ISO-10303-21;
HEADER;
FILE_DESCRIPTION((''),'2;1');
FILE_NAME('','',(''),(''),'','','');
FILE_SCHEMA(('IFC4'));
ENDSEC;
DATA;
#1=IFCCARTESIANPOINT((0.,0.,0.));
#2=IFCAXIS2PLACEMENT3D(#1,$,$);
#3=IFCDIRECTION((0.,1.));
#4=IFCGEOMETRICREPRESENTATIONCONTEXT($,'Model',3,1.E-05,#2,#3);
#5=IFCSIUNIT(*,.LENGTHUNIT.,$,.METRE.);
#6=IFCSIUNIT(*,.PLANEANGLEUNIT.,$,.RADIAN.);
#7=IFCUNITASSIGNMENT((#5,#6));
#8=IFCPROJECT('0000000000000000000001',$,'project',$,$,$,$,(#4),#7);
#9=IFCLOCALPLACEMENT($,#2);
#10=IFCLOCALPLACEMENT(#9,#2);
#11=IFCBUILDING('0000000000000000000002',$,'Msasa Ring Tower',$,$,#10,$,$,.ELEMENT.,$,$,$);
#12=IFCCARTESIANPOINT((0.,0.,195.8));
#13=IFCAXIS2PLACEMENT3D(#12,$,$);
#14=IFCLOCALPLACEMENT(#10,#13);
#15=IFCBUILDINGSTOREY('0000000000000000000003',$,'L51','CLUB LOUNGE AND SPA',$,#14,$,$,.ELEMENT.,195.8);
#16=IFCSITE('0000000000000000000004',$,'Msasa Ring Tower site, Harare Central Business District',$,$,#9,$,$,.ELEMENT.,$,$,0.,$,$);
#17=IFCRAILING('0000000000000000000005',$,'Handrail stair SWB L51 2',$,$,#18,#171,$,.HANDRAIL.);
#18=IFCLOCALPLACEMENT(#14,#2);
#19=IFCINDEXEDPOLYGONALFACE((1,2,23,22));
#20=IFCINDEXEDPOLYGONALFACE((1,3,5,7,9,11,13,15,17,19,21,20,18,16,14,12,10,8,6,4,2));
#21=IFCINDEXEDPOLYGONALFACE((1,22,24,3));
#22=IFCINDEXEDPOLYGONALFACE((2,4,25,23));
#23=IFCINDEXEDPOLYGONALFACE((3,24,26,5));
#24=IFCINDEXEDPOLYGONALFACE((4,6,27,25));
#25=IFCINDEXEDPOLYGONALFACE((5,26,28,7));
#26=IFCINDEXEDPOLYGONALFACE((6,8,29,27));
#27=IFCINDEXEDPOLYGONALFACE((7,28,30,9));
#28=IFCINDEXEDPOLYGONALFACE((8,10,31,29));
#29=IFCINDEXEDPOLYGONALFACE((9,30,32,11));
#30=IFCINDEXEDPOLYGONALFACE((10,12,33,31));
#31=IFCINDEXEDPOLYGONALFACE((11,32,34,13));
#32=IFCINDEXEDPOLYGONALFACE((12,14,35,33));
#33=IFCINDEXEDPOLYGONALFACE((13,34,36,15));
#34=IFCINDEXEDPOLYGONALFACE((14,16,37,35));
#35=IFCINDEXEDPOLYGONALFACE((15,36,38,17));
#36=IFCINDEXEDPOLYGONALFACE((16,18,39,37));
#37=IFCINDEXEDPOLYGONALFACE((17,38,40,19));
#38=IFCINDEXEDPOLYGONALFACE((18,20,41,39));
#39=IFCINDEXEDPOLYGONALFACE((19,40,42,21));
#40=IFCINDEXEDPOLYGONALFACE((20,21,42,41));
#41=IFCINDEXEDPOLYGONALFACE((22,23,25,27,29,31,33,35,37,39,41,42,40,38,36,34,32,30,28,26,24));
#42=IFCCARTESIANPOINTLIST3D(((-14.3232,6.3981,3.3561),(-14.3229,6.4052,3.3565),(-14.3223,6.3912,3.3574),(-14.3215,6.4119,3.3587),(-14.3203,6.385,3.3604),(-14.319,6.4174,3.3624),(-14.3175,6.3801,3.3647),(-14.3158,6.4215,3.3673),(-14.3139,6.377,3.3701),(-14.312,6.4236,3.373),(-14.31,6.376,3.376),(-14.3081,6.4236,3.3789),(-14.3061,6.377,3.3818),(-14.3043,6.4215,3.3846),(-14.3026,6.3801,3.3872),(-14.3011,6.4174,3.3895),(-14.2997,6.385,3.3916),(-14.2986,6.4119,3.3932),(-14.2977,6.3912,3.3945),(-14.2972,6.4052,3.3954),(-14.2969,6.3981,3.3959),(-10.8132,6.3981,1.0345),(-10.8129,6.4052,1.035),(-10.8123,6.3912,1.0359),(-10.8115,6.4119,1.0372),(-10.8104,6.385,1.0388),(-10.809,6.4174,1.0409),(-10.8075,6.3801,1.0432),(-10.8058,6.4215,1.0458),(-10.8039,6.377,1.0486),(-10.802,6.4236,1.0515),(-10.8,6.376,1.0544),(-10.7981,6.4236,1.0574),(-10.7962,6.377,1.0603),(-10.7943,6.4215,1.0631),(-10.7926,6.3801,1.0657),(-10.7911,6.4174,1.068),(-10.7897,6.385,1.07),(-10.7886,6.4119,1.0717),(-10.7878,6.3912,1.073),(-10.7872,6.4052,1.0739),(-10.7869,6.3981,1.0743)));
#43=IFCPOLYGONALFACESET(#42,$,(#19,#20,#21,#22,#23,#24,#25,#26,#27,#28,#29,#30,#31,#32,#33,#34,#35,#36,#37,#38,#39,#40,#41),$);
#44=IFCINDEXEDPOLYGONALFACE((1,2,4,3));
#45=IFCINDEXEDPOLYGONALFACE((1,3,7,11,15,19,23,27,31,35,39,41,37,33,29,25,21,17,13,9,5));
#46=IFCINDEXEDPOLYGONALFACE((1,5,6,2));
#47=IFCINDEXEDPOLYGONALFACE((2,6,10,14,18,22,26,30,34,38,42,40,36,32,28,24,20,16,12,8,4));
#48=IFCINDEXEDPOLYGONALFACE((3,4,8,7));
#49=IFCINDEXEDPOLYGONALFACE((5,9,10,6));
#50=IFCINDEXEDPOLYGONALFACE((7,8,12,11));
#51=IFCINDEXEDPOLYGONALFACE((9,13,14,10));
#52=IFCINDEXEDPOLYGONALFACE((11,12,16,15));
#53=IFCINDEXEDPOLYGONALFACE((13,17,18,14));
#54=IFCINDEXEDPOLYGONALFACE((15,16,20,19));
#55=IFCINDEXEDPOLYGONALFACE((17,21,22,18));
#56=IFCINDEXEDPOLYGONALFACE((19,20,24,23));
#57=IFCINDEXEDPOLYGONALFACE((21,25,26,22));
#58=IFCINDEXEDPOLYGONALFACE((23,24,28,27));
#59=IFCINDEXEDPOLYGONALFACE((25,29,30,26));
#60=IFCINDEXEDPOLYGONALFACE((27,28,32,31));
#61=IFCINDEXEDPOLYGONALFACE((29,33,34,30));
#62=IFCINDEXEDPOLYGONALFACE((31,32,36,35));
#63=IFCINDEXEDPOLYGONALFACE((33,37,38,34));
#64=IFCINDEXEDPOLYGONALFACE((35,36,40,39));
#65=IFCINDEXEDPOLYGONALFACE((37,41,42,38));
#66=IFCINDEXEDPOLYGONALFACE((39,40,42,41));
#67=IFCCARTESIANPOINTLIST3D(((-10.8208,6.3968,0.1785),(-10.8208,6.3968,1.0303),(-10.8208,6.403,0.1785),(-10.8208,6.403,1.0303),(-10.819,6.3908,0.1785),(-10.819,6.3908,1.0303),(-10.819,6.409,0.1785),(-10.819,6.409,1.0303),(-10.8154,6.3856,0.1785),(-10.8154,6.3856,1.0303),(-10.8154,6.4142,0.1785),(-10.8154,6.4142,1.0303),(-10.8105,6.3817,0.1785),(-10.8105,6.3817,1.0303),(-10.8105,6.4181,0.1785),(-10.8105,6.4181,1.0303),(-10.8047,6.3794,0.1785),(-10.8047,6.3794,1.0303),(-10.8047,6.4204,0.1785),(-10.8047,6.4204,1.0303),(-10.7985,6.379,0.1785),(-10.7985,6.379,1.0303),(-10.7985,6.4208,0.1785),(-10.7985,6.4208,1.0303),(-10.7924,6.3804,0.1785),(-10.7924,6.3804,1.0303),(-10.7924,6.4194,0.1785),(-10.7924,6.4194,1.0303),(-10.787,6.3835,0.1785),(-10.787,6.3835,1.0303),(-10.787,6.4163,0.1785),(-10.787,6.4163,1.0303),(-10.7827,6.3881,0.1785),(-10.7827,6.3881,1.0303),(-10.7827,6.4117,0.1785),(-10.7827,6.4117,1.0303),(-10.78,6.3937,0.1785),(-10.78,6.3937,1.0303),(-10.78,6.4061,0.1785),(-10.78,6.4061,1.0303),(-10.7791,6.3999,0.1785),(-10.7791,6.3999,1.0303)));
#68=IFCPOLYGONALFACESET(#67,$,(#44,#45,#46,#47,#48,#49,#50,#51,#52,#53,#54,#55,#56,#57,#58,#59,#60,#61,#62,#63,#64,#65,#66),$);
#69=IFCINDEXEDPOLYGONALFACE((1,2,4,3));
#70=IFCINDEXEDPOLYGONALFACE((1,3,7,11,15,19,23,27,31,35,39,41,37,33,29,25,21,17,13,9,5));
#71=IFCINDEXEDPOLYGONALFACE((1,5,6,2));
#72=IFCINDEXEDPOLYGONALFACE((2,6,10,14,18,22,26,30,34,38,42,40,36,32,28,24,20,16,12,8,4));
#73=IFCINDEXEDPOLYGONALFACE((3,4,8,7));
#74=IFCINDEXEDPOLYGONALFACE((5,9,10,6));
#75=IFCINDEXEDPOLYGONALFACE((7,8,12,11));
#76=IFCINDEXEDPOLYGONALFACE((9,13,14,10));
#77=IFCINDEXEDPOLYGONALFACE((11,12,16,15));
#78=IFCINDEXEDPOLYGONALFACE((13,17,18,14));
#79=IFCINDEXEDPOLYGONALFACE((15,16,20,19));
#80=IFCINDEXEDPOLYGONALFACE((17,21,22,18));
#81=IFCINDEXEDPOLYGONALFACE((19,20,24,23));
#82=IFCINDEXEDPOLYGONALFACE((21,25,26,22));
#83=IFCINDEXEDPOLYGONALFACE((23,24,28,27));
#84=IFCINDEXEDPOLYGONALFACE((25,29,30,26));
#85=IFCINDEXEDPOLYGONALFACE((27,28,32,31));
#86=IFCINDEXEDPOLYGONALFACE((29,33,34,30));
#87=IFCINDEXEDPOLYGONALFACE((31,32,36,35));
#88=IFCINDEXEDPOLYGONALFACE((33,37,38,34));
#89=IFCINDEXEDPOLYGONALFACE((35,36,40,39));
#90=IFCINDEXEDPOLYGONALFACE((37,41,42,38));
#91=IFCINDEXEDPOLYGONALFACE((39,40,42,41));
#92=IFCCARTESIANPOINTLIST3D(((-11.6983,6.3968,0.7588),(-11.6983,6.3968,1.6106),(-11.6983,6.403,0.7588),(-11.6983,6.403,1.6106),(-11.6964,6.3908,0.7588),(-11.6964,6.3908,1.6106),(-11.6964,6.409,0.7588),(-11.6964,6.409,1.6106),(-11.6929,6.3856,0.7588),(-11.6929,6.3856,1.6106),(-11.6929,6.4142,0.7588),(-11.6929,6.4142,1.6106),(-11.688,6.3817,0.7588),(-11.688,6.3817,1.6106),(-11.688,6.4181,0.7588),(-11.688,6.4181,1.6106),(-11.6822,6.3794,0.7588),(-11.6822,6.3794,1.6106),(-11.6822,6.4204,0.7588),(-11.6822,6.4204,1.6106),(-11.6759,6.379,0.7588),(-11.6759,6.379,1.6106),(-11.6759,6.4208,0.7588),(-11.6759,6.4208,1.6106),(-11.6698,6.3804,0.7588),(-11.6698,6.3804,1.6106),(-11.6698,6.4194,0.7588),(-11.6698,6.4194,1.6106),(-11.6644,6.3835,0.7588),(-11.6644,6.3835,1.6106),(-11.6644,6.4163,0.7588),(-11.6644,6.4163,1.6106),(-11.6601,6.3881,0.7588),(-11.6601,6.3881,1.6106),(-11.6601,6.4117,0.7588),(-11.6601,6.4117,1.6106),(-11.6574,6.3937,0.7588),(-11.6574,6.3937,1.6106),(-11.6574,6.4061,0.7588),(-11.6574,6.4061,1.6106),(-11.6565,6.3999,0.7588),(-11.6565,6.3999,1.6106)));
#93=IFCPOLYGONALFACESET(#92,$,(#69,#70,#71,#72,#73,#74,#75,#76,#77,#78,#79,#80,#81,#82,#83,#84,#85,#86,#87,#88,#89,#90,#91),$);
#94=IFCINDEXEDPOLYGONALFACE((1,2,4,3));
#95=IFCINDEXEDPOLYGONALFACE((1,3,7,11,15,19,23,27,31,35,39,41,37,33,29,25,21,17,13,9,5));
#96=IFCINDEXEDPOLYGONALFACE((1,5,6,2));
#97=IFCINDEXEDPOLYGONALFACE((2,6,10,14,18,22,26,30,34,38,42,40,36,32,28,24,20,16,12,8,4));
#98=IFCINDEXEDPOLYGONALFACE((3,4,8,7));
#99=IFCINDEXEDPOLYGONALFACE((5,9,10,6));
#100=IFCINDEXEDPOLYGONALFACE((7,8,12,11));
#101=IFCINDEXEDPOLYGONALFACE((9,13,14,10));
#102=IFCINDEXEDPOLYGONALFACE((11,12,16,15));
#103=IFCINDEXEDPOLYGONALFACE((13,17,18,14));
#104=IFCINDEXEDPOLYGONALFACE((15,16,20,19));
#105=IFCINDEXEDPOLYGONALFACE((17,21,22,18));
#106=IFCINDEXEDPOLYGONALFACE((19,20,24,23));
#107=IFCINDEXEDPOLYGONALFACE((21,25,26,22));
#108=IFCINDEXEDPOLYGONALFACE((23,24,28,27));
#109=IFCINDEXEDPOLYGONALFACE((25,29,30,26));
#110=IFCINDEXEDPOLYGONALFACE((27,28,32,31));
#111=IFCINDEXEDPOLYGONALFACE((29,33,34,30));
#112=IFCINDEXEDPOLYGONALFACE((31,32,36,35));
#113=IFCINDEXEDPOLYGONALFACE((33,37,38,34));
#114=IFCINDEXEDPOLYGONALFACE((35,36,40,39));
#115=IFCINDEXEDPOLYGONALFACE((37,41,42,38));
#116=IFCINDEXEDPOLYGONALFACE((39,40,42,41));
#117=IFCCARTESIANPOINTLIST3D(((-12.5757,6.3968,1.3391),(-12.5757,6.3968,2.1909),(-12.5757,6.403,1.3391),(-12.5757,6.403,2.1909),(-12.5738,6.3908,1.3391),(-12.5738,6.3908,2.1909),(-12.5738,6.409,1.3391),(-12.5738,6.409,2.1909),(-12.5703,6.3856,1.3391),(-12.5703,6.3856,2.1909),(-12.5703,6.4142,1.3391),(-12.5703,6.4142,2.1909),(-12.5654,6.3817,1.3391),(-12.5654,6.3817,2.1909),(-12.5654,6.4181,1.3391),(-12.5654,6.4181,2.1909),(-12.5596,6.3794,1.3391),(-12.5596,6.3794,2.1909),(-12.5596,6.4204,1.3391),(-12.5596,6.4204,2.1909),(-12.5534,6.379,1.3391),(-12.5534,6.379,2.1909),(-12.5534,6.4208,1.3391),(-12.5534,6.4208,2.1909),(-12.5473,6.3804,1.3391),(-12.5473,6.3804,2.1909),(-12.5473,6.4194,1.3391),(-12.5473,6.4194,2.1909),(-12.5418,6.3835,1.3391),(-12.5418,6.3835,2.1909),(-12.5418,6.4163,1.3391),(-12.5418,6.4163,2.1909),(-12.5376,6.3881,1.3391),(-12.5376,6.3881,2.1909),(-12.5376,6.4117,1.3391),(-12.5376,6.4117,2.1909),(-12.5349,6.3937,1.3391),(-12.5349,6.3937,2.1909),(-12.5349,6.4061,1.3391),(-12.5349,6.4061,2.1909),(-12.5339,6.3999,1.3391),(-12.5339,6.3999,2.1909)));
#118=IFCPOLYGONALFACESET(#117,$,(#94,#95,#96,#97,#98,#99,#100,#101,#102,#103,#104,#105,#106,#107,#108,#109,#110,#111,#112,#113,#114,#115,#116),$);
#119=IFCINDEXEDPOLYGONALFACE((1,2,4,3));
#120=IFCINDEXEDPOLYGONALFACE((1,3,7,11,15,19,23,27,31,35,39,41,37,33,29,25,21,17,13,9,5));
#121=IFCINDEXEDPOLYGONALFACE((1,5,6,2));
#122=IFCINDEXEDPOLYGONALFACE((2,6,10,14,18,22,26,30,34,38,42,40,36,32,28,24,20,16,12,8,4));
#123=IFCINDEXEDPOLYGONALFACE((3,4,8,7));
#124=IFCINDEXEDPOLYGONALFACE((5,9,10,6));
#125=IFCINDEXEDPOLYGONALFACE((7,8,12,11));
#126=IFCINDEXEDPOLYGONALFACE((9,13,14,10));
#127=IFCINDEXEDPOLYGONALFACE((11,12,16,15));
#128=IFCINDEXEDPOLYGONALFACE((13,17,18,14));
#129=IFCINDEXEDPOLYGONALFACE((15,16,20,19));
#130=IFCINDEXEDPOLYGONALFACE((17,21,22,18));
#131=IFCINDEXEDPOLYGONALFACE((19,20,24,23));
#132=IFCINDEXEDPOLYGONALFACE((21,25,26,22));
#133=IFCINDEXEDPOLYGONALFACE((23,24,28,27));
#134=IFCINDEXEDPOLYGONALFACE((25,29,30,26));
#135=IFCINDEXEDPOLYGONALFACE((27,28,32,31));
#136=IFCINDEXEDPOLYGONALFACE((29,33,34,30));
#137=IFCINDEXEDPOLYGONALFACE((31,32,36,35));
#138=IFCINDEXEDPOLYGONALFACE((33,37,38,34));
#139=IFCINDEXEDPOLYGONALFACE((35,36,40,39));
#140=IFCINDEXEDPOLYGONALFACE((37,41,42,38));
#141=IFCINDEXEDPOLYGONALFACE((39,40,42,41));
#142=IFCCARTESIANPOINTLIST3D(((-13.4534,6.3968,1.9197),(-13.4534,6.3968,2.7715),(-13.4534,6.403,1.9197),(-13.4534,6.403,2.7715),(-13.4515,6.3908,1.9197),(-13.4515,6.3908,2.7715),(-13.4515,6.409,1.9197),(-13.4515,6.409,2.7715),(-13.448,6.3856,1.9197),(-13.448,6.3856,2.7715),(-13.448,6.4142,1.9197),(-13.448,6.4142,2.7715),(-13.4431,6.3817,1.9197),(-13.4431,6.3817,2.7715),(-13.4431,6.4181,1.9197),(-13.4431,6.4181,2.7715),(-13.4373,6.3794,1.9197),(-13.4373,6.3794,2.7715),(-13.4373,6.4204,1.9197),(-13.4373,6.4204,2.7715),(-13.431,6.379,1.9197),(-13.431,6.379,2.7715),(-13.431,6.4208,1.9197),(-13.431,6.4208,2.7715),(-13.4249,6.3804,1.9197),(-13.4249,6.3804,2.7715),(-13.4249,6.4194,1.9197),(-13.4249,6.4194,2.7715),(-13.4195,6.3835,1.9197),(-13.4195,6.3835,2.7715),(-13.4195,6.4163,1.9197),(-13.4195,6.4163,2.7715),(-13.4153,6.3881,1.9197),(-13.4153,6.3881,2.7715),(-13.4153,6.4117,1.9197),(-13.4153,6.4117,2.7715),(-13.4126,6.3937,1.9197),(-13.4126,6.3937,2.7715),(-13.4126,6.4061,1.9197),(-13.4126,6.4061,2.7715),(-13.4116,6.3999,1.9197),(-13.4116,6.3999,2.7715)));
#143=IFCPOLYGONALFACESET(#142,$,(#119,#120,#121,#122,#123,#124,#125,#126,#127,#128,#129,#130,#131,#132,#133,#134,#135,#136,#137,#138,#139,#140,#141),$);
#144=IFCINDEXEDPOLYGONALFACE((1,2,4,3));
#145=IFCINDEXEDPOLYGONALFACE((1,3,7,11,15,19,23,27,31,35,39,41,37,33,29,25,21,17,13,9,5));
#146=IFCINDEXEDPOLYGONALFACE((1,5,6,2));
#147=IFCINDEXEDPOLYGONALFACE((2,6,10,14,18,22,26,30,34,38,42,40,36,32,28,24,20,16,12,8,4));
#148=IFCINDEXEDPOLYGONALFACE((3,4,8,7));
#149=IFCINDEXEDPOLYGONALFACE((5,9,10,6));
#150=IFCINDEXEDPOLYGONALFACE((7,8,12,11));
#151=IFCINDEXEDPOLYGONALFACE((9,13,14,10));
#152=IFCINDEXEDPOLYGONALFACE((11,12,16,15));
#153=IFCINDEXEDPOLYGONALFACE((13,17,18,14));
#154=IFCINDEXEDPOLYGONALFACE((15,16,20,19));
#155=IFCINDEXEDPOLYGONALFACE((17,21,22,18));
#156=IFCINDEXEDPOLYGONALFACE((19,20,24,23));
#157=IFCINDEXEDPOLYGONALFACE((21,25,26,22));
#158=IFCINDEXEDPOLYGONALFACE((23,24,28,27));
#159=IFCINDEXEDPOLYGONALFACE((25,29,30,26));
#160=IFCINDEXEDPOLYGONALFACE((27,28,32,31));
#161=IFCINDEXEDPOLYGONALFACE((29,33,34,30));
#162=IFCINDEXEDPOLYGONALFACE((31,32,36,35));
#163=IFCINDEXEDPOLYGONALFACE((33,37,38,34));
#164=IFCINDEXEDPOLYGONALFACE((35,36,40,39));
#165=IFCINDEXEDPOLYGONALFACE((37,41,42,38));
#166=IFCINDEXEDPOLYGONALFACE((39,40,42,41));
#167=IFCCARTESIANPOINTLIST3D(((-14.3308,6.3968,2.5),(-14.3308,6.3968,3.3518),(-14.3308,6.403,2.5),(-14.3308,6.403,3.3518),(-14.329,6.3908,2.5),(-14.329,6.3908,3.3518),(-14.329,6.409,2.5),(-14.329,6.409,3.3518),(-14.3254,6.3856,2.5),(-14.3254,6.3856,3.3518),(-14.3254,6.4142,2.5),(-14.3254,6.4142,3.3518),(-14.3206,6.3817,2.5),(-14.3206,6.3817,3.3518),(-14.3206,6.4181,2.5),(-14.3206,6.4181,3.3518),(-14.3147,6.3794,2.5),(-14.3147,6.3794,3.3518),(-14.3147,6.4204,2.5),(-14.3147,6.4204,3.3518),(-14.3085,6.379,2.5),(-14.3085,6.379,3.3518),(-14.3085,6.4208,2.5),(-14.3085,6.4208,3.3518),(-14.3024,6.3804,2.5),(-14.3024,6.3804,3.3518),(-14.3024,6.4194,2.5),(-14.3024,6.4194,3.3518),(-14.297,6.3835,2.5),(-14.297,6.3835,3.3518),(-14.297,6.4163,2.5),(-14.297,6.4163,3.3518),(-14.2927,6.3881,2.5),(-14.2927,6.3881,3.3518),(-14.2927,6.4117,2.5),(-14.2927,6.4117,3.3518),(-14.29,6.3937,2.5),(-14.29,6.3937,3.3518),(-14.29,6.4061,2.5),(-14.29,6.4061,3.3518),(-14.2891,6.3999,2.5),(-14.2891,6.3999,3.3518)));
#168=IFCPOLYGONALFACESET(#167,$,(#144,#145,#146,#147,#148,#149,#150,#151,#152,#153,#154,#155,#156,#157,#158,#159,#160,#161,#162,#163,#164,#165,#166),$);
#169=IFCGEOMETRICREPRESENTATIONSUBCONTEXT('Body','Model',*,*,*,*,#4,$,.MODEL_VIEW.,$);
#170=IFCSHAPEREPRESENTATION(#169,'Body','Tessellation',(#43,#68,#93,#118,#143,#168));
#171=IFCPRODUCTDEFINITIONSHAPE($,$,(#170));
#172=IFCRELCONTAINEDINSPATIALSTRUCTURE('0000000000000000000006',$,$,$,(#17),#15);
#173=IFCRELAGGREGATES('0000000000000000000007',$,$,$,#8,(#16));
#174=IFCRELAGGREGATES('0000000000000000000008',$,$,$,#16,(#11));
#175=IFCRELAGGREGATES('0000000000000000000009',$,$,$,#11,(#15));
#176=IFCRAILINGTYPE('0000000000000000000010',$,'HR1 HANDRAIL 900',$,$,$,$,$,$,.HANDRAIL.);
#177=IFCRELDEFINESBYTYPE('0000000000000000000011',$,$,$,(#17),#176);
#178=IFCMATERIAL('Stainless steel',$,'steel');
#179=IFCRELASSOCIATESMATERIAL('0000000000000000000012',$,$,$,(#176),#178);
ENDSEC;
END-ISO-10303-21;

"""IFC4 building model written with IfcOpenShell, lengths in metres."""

from ifc_helpers import new_model, si_unit, direction, frame, origin, origin_2d, place, context, subcontext, project, spatial, circle, extrude, material, type_object, element, save


model = new_model("IFC4")

# Units and contexts
model_context = context("Model", 3, precision=1e-05, world=origin(), true_north=direction((0.0, 1.0)))
body_context = subcontext(model_context, "Body", "Model", "MODEL_VIEW")
ifc_project = project(units=[si_unit("LENGTHUNIT", "METRE"), si_unit("PLANEANGLEUNIT", "RADIAN")], contexts=[model_context])

# Site, building, storey
site_placement = place(None, origin())
site = spatial("IfcSite", under=ifc_project, at=site_placement, Name="Msasa Ring Tower site, Harare Central Business District", CompositionType="ELEMENT", RefElevation=0.0)
building_placement = place(site_placement, origin())
building = spatial("IfcBuilding", under=site, at=building_placement, Name="Msasa Ring Tower", CompositionType="ELEMENT")
storey_placement = place(building_placement, frame((0.0, 0.0, 195.8)))
storey = spatial("IfcBuildingStorey", under=building, at=storey_placement, Name="L51", Description="CLUB LOUNGE AND SPA", CompositionType="ELEMENT", Elevation=195.8)

# Railing
ifc_material_1 = material(Name="Stainless steel", Category="steel")
railing_type = type_object("IfcRailingType", Name="HR1 HANDRAIL 900", PredefinedType="HANDRAIL", material=ifc_material_1)
for number, where, name in (
    (1, (-10.8, 6.3999, 0.1785), "Handrail stair SWB L51 2"),
):
    element("IfcRailing", number, at=place(storey_placement, frame(where)), inside=storey, type_object=railing_type, Name=name, PredefinedType="HANDRAIL", context=body_context, shape_type="SweptSolid", body=[
        extrude(circle(Radius=0.0239, at=origin_2d()), frame((0.0, 0.0, 0.876), z_axis=(-0.834071, 0.0, 0.551657), x_axis=(0.0, -1.0, 0.0)), (0.0, 0.0, 1.0), 4.2083),
        extrude(circle(Radius=0.021, at=origin_2d()), origin(), (0.0, 0.0, 1.0), 0.8518),
        extrude(circle(Radius=0.021, at=origin_2d()), frame((-0.8774, 0.0, 0.5803)), (0.0, 0.0, 1.0), 0.8518),
        extrude(circle(Radius=0.021, at=origin_2d()), frame((-1.7549, 0.0, 1.1606)), (0.0, 0.0, 1.0), 0.8518),
        extrude(circle(Radius=0.021, at=origin_2d()), frame((-2.6326, 0.0, 1.7412)), (0.0, 0.0, 1.0), 0.8518),
        extrude(circle(Radius=0.021, at=origin_2d()), frame((-3.51, 0.0, 2.3215)), (0.0, 0.0, 1.0), 0.8518),
    ])

save(model, "model.ifc")
